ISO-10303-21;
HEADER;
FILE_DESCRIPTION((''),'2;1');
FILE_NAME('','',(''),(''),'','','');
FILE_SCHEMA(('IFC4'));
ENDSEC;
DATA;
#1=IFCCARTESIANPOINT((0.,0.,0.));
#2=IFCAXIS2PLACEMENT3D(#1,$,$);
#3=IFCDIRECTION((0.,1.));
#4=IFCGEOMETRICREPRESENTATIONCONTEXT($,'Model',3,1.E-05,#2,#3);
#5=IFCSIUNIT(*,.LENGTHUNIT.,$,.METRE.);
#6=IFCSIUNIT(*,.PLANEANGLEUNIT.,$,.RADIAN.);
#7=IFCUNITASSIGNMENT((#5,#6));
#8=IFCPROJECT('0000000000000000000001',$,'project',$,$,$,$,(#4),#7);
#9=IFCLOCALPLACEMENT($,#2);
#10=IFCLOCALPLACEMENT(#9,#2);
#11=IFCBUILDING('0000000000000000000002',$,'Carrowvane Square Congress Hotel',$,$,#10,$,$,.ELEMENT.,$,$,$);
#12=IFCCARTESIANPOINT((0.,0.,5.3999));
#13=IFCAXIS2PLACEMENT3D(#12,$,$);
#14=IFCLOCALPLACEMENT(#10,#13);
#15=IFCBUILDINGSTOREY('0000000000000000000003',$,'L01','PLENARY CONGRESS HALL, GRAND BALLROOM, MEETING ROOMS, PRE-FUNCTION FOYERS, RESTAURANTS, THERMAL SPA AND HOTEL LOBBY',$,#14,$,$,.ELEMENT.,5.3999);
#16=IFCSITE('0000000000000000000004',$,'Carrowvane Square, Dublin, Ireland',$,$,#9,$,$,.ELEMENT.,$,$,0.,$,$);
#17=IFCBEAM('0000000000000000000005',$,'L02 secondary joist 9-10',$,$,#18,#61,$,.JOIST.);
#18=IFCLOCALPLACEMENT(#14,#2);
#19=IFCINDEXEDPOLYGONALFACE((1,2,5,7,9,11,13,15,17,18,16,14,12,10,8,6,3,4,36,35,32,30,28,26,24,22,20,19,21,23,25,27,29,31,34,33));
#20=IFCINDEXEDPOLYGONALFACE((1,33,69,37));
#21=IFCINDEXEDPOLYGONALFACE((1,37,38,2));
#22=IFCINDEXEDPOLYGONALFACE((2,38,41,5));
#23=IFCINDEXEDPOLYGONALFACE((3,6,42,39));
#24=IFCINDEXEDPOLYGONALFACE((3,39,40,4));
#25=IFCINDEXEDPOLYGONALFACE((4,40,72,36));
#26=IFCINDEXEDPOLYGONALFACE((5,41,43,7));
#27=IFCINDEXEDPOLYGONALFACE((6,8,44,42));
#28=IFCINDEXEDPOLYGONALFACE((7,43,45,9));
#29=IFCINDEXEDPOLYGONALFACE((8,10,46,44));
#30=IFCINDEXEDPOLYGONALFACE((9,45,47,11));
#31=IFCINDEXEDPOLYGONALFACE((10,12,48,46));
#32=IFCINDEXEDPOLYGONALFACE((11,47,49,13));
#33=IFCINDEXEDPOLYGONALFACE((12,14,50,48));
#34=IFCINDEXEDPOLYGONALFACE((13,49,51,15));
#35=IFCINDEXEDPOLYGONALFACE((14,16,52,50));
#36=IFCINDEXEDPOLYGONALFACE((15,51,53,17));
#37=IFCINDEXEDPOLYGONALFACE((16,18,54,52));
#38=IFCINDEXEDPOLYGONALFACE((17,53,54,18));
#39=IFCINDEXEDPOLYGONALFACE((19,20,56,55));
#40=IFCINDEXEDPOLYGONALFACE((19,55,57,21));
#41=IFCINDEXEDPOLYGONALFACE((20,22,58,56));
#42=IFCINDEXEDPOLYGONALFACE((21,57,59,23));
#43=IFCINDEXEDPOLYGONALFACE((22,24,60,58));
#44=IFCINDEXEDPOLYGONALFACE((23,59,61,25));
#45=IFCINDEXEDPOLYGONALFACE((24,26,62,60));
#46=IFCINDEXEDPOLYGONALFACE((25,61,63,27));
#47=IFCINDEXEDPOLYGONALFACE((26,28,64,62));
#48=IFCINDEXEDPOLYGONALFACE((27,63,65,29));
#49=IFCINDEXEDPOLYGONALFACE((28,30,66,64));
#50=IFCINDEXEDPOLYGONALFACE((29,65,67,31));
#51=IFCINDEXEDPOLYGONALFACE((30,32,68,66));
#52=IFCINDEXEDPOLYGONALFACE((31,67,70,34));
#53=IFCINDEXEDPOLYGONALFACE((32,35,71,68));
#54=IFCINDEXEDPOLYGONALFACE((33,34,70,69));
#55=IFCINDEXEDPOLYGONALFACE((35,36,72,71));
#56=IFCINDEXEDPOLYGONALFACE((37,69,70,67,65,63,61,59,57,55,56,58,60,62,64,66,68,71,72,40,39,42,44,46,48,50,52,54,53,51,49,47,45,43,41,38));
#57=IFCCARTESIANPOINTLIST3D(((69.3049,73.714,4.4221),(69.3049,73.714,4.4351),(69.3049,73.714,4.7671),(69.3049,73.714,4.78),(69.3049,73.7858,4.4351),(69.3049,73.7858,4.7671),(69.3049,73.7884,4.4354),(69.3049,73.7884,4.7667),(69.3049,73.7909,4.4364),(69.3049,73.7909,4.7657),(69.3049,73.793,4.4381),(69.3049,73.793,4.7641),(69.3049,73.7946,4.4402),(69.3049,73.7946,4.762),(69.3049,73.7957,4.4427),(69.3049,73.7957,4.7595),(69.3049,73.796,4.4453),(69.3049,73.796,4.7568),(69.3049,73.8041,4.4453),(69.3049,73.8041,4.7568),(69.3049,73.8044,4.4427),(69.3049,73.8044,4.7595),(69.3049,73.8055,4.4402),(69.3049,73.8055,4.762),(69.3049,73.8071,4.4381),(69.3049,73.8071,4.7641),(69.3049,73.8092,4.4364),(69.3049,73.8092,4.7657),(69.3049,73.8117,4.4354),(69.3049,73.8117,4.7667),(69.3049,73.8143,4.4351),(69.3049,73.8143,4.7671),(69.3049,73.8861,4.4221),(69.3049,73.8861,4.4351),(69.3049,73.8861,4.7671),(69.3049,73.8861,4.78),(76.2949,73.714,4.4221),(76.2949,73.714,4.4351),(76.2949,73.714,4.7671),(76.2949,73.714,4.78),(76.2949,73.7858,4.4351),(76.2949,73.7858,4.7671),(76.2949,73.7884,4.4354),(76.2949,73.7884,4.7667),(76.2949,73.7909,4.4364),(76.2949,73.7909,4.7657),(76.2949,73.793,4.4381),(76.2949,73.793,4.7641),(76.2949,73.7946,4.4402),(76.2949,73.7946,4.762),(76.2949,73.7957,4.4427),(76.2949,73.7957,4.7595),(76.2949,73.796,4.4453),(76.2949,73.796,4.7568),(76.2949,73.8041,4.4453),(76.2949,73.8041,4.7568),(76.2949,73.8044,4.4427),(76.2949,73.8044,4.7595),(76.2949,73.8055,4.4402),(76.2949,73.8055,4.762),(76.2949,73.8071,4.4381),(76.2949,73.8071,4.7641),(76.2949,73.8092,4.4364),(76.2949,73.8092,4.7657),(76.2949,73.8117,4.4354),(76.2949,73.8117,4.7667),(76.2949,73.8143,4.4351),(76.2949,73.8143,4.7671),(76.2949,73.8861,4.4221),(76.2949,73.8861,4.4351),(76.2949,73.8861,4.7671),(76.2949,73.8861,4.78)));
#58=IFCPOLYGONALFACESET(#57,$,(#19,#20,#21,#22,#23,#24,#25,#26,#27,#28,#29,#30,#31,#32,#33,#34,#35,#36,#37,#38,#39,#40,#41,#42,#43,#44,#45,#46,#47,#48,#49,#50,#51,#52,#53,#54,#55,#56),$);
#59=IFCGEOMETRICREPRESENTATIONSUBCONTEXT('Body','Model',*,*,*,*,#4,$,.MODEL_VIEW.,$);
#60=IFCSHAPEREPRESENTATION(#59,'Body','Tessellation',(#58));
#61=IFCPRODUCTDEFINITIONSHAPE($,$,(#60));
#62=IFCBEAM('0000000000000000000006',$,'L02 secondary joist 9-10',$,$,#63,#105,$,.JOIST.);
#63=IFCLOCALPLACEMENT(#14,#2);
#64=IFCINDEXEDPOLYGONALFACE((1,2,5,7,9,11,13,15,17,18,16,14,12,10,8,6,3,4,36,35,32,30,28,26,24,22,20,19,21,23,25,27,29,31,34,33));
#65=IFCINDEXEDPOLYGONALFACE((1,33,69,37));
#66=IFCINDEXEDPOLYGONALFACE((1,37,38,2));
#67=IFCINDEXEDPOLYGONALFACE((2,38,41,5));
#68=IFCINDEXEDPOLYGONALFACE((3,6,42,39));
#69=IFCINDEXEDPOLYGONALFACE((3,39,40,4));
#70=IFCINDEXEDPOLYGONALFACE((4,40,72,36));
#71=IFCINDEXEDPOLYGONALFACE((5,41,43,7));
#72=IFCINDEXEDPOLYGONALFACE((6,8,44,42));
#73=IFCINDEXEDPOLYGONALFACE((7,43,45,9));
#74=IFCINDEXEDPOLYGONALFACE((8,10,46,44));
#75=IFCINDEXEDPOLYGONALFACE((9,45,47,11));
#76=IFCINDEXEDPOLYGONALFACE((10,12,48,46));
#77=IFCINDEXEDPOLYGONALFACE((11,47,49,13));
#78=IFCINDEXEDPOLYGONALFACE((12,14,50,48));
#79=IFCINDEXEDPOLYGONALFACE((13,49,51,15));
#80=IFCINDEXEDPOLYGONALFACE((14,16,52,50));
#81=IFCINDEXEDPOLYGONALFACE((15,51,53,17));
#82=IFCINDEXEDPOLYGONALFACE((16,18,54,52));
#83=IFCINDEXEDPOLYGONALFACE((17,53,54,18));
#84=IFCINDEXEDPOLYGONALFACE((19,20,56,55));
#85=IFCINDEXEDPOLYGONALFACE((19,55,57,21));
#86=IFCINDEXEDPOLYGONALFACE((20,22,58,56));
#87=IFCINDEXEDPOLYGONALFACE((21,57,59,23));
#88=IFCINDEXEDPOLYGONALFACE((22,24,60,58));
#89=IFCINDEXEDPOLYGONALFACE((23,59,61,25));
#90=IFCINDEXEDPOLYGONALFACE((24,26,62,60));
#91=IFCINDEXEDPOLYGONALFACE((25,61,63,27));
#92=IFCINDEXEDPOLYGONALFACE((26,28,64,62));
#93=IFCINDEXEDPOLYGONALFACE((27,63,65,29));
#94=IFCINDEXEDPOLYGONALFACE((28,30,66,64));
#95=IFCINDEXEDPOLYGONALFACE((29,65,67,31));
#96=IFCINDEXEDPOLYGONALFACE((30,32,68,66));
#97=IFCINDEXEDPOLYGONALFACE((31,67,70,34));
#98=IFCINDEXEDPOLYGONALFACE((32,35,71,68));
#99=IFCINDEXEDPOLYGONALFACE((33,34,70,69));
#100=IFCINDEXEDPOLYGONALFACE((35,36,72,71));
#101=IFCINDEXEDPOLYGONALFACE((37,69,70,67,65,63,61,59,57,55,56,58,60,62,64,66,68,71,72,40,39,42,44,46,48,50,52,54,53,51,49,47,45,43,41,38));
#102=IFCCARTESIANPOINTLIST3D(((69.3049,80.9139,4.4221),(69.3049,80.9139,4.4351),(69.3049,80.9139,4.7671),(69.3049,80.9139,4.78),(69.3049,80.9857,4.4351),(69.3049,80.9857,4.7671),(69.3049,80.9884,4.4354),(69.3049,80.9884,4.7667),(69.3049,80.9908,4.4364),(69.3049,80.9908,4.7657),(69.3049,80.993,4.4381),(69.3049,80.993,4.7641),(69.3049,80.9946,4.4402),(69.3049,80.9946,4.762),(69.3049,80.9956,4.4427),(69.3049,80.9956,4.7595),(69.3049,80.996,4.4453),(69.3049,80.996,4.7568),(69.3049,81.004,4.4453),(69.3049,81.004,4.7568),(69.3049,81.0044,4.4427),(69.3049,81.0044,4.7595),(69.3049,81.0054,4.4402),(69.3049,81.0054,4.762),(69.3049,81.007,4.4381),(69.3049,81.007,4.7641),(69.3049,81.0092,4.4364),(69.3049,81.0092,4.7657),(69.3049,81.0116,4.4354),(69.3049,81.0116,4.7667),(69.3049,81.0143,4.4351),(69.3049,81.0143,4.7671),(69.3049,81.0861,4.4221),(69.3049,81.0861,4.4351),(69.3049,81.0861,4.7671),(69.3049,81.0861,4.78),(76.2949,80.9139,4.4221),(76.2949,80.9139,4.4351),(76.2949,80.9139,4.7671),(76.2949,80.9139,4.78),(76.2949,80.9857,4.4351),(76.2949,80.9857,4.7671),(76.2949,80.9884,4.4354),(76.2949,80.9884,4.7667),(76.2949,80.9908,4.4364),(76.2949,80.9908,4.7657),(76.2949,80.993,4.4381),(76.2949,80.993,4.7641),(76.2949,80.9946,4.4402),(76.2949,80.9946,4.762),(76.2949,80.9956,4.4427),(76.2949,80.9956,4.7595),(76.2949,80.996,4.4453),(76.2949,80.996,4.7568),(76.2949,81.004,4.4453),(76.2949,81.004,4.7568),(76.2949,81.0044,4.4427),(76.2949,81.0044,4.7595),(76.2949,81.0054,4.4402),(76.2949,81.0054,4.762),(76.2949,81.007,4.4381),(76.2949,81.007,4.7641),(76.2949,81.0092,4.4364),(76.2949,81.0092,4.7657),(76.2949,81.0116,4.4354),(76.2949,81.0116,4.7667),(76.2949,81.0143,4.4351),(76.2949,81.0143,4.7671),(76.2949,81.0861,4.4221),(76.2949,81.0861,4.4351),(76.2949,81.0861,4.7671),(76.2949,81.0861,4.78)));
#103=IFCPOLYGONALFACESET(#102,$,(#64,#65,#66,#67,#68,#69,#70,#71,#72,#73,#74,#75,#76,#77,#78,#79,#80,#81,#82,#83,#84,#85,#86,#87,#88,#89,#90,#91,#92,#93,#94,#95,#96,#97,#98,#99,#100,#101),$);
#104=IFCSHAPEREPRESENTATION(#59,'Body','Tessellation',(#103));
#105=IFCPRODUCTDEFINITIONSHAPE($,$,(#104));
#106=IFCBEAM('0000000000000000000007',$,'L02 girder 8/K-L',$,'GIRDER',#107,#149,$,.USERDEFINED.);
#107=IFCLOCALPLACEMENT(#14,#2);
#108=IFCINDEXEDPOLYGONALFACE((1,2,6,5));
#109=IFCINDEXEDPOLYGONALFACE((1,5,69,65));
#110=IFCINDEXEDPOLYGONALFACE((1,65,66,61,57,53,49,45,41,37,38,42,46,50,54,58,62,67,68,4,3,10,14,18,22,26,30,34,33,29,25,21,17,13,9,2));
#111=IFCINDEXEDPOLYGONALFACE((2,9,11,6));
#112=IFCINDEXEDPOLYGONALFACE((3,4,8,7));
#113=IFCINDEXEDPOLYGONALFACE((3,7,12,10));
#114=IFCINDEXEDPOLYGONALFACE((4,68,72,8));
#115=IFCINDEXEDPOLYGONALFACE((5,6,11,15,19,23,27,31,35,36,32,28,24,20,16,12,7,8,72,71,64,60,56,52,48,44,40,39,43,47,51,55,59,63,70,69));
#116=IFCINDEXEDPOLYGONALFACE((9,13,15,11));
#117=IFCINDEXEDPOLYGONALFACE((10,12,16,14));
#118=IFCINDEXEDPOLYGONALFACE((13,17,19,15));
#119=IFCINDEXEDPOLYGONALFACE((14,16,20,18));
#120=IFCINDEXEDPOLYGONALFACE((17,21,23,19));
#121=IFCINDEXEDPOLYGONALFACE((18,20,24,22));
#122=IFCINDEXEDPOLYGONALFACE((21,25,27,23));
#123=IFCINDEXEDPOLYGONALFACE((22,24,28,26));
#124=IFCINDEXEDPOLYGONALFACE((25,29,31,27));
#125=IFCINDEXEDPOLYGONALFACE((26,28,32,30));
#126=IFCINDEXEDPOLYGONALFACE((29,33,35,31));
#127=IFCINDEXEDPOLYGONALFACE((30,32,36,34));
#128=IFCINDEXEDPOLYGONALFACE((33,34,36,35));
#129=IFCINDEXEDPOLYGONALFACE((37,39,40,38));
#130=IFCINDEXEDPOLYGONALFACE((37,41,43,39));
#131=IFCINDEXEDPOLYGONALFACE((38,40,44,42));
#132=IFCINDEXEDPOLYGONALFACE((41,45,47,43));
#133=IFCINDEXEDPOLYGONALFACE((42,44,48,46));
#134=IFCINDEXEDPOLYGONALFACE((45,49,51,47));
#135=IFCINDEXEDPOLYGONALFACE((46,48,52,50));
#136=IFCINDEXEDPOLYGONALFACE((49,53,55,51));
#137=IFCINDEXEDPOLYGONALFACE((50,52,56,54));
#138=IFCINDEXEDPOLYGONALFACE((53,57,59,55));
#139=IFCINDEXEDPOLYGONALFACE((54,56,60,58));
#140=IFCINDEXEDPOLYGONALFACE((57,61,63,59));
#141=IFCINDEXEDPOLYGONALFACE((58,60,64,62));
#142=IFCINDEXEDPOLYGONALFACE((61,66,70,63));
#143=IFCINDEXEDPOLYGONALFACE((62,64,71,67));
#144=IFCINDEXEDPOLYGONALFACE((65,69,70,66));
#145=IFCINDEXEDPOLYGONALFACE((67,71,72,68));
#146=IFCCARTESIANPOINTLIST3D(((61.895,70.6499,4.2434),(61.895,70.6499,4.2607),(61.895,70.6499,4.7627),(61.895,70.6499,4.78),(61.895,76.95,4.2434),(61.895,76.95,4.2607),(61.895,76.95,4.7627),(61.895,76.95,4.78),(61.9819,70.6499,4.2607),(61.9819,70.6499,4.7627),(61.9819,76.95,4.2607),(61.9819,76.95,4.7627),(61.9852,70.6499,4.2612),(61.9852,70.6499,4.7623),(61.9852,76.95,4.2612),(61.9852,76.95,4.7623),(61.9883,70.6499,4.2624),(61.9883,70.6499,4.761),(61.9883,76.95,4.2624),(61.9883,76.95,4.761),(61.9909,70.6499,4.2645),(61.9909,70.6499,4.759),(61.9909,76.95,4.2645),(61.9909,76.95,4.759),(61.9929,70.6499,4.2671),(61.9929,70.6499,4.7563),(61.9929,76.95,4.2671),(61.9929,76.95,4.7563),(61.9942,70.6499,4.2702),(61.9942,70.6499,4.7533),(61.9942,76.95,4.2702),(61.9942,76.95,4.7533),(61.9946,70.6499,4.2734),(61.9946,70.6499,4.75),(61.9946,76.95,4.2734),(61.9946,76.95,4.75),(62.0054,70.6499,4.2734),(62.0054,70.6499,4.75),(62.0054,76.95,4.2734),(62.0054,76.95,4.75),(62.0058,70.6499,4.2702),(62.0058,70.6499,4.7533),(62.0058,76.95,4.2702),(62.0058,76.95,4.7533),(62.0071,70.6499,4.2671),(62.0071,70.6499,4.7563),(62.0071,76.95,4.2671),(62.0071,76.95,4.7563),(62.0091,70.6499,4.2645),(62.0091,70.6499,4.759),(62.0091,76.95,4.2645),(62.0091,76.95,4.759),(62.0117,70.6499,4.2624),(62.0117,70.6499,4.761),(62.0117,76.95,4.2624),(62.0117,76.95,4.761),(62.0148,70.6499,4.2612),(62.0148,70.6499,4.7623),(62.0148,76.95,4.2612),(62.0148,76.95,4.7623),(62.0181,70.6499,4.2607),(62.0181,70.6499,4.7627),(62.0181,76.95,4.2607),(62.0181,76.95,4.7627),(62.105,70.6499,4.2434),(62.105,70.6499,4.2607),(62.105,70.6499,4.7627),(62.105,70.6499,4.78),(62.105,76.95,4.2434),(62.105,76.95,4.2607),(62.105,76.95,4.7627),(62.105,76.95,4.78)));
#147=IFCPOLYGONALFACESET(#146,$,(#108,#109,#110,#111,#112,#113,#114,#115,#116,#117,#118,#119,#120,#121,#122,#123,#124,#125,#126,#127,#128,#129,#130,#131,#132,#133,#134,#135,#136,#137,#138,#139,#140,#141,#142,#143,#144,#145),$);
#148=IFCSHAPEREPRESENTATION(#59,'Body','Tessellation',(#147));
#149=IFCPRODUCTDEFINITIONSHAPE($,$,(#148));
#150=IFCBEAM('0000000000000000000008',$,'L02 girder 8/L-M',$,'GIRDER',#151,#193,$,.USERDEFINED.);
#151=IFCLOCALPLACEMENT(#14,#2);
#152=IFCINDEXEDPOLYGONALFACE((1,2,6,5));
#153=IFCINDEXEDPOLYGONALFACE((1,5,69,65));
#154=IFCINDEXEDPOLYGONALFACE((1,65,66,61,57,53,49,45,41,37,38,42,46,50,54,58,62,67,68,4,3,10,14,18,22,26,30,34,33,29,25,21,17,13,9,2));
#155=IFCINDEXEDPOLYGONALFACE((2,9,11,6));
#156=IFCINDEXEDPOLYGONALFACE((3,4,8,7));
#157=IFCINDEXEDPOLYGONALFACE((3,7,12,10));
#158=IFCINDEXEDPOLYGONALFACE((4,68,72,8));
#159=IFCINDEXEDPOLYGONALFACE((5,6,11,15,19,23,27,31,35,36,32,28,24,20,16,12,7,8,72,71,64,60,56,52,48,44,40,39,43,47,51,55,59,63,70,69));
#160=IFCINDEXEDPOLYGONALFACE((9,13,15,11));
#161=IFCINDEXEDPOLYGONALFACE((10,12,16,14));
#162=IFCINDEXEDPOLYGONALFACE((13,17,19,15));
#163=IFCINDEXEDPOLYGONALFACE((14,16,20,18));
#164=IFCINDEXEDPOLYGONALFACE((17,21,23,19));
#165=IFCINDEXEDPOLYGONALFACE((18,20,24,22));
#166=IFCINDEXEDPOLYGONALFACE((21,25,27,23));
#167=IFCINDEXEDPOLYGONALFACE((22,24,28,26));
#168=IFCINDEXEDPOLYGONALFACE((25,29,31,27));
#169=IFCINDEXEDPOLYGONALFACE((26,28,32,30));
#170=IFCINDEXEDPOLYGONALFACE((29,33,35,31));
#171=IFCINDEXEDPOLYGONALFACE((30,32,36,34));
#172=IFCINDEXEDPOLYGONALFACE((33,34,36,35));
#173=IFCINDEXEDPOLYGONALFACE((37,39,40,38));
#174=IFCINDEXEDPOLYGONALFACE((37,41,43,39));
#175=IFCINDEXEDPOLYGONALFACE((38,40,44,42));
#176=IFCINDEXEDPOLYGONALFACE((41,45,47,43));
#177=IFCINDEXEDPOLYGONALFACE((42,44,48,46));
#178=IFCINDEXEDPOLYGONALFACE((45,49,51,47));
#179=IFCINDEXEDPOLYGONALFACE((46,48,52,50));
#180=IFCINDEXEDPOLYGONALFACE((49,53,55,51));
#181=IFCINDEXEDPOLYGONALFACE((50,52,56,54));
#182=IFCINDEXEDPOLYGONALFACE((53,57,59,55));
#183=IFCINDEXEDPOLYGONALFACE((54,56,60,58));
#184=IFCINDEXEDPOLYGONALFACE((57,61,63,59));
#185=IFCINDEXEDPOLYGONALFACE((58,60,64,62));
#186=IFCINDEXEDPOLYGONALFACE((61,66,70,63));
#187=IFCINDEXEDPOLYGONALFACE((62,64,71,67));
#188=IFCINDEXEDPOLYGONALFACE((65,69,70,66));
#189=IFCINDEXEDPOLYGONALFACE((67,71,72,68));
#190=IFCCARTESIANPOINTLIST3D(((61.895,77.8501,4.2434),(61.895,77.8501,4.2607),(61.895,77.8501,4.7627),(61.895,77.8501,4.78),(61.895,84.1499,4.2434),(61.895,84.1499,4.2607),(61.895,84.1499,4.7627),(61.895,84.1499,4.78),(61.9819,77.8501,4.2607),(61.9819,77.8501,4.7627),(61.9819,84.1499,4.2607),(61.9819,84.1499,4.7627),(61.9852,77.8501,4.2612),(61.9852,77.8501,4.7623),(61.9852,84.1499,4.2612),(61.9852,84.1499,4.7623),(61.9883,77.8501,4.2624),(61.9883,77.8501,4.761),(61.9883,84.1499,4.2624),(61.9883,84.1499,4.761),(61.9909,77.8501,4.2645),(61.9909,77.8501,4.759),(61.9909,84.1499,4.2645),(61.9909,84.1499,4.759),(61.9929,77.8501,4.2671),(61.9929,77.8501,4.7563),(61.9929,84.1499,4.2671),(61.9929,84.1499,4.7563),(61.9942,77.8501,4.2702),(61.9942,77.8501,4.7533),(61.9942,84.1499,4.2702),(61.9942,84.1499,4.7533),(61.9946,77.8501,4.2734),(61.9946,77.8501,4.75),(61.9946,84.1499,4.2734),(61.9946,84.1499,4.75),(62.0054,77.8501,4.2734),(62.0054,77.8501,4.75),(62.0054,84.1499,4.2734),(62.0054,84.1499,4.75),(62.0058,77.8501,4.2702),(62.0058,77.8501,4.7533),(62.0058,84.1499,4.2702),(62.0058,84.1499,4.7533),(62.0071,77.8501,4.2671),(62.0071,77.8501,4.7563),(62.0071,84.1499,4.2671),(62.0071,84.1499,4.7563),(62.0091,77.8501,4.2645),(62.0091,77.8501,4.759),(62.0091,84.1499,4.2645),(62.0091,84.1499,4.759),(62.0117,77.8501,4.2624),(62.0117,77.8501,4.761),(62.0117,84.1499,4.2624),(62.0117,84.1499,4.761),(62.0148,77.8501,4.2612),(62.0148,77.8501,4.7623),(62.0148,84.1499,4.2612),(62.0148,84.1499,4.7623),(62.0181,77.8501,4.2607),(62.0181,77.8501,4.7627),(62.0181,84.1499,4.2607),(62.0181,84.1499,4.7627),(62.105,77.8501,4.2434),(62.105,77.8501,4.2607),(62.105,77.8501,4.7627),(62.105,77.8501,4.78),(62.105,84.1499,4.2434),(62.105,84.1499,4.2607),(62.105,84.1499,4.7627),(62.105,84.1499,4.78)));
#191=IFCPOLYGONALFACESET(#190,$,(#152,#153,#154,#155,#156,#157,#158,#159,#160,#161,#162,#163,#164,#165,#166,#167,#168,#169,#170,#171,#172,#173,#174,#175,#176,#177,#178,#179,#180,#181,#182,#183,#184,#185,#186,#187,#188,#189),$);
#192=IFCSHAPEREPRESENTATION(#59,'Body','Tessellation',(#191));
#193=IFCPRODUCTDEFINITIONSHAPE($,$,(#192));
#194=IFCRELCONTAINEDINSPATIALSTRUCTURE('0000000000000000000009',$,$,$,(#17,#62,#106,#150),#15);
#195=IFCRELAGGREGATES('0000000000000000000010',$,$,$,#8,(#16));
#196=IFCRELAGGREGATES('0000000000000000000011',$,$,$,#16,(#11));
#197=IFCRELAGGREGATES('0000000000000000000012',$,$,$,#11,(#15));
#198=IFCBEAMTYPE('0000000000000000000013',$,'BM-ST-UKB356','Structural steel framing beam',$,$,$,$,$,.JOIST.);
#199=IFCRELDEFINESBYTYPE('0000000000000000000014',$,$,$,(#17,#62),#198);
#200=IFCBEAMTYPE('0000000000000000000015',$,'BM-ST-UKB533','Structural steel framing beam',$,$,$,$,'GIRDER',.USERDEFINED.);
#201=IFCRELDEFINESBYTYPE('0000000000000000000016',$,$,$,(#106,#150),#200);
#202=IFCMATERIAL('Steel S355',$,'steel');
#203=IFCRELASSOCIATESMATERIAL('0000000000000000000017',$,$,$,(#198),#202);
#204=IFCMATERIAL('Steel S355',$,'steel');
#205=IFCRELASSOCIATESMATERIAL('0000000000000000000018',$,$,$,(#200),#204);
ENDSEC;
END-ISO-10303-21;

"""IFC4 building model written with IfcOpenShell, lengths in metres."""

from ifc_helpers import new_model, si_unit, direction, frame, origin, origin_2d, place, context, subcontext, project, spatial, i_section, extrude, material, material_profile, profile_set, type_object, element, save


model = new_model("IFC4")

# Units and contexts
model_context = context("Model", 3, precision=1e-05, world=origin(), true_north=direction((0.0, 1.0)))
body_context = subcontext(model_context, "Body", "Model", "MODEL_VIEW")
ifc_project = project(units=[si_unit("LENGTHUNIT", "METRE"), si_unit("PLANEANGLEUNIT", "RADIAN")], contexts=[model_context])

# Site, building, storey
site_placement = place(None, origin())
site = spatial("IfcSite", under=ifc_project, at=site_placement, Name="Carrowvane Square, Dublin, Ireland", CompositionType="ELEMENT", RefElevation=0.0)
building_placement = place(site_placement, origin())
building = spatial("IfcBuilding", under=site, at=building_placement, Name="Carrowvane Square Congress Hotel", CompositionType="ELEMENT")
storey_placement = place(building_placement, frame((0.0, 0.0, 5.3999)))
storey = spatial("IfcBuildingStorey", under=building, at=storey_placement, Name="L01", Description="PLENARY CONGRESS HALL, GRAND BALLROOM, MEETING ROOMS, PRE-FUNCTION FOYERS, RESTAURANTS, THERMAL SPA AND HOTEL LOBBY", CompositionType="ELEMENT", Elevation=5.3999)

# Beams
ifc_material_1 = material(Name="Steel S355", Category="steel")
ifc_material_profile_1 = material_profile(ifc_material_1, i_section(OverallWidth=0.1721, OverallDepth=0.3579, WebThickness=0.0081, FlangeThickness=0.0129, FilletRadius=0.0103, at=origin_2d()), Name="UKB 356x171x57")
ifc_profile_set_1 = profile_set([ifc_material_profile_1], Name="Steel S355")
beam_type_1 = type_object("IfcBeamType", Name="BM-ST-UKB356", Description="Structural steel framing beam", PredefinedType="JOIST", material=ifc_profile_set_1)
for number, where, z_axis, x_axis, name in (
    (1, (69.3049, 73.8, 4.6011), (1.0, 0.0, 0.0), (0.0, 1.0, 0.0), "L02 secondary joist 9-10"),
    (2, (69.3049, 81.0, 4.6011), (1.0, 0.0, 0.0), (0.0, 1.0, 0.0), "L02 secondary joist 9-10"),
):
    element("IfcBeam", number, at=place(storey_placement, frame(where, z_axis=z_axis, x_axis=x_axis)), inside=storey, type_object=beam_type_1, Name=name, PredefinedType="JOIST", context=body_context, shape_type="SweptSolid", body=[
        extrude(i_section(OverallWidth=0.1721, OverallDepth=0.3579, WebThickness=0.0081, FlangeThickness=0.0129, FilletRadius=0.0103, at=origin_2d()), origin(), (0.0, 0.0, 1.0), 6.99),
    ])
ifc_material_2 = material(Name="Steel S355", Category="steel")
ifc_material_profile_2 = material_profile(ifc_material_2, i_section(OverallWidth=0.21, OverallDepth=0.5366, WebThickness=0.0107, FlangeThickness=0.0173, FilletRadius=0.0127, at=origin_2d()), Name="UKB 533x210x101")
ifc_profile_set_2 = profile_set([ifc_material_profile_2], Name="Steel S355")
beam_type_2 = type_object("IfcBeamType", Name="BM-ST-UKB533", Description="Structural steel framing beam", ElementType="GIRDER", PredefinedType="USERDEFINED", material=ifc_profile_set_2)
beam_1_placement = place(storey_placement, frame((62.0, 70.6499, 4.5117), z_axis=(0.0, 1.0, 0.0), x_axis=(-1.0, 0.0, 0.0)))
element("IfcBeam", 3, at=beam_1_placement, inside=storey, type_object=beam_type_2, Name="L02 girder 8/K-L", ObjectType="GIRDER", PredefinedType="USERDEFINED", context=body_context, shape_type="SweptSolid", body=[
    extrude(i_section(OverallWidth=0.21, OverallDepth=0.5366, WebThickness=0.0107, FlangeThickness=0.0173, FilletRadius=0.0127, at=origin_2d()), origin(), (0.0, 0.0, 1.0), 6.3),
])
beam_2_placement = place(storey_placement, frame((62.0, 77.8501, 4.5117), z_axis=(0.0, 1.0, 0.0), x_axis=(-1.0, 0.0, 0.0)))
element("IfcBeam", 4, at=beam_2_placement, inside=storey, type_object=beam_type_2, Name="L02 girder 8/L-M", ObjectType="GIRDER", PredefinedType="USERDEFINED", context=body_context, shape_type="SweptSolid", body=[
    extrude(i_section(OverallWidth=0.21, OverallDepth=0.5366, WebThickness=0.0107, FlangeThickness=0.0173, FilletRadius=0.0127, at=origin_2d()), origin(), (0.0, 0.0, 1.0), 6.2998),
])

save(model, "model.ifc")
